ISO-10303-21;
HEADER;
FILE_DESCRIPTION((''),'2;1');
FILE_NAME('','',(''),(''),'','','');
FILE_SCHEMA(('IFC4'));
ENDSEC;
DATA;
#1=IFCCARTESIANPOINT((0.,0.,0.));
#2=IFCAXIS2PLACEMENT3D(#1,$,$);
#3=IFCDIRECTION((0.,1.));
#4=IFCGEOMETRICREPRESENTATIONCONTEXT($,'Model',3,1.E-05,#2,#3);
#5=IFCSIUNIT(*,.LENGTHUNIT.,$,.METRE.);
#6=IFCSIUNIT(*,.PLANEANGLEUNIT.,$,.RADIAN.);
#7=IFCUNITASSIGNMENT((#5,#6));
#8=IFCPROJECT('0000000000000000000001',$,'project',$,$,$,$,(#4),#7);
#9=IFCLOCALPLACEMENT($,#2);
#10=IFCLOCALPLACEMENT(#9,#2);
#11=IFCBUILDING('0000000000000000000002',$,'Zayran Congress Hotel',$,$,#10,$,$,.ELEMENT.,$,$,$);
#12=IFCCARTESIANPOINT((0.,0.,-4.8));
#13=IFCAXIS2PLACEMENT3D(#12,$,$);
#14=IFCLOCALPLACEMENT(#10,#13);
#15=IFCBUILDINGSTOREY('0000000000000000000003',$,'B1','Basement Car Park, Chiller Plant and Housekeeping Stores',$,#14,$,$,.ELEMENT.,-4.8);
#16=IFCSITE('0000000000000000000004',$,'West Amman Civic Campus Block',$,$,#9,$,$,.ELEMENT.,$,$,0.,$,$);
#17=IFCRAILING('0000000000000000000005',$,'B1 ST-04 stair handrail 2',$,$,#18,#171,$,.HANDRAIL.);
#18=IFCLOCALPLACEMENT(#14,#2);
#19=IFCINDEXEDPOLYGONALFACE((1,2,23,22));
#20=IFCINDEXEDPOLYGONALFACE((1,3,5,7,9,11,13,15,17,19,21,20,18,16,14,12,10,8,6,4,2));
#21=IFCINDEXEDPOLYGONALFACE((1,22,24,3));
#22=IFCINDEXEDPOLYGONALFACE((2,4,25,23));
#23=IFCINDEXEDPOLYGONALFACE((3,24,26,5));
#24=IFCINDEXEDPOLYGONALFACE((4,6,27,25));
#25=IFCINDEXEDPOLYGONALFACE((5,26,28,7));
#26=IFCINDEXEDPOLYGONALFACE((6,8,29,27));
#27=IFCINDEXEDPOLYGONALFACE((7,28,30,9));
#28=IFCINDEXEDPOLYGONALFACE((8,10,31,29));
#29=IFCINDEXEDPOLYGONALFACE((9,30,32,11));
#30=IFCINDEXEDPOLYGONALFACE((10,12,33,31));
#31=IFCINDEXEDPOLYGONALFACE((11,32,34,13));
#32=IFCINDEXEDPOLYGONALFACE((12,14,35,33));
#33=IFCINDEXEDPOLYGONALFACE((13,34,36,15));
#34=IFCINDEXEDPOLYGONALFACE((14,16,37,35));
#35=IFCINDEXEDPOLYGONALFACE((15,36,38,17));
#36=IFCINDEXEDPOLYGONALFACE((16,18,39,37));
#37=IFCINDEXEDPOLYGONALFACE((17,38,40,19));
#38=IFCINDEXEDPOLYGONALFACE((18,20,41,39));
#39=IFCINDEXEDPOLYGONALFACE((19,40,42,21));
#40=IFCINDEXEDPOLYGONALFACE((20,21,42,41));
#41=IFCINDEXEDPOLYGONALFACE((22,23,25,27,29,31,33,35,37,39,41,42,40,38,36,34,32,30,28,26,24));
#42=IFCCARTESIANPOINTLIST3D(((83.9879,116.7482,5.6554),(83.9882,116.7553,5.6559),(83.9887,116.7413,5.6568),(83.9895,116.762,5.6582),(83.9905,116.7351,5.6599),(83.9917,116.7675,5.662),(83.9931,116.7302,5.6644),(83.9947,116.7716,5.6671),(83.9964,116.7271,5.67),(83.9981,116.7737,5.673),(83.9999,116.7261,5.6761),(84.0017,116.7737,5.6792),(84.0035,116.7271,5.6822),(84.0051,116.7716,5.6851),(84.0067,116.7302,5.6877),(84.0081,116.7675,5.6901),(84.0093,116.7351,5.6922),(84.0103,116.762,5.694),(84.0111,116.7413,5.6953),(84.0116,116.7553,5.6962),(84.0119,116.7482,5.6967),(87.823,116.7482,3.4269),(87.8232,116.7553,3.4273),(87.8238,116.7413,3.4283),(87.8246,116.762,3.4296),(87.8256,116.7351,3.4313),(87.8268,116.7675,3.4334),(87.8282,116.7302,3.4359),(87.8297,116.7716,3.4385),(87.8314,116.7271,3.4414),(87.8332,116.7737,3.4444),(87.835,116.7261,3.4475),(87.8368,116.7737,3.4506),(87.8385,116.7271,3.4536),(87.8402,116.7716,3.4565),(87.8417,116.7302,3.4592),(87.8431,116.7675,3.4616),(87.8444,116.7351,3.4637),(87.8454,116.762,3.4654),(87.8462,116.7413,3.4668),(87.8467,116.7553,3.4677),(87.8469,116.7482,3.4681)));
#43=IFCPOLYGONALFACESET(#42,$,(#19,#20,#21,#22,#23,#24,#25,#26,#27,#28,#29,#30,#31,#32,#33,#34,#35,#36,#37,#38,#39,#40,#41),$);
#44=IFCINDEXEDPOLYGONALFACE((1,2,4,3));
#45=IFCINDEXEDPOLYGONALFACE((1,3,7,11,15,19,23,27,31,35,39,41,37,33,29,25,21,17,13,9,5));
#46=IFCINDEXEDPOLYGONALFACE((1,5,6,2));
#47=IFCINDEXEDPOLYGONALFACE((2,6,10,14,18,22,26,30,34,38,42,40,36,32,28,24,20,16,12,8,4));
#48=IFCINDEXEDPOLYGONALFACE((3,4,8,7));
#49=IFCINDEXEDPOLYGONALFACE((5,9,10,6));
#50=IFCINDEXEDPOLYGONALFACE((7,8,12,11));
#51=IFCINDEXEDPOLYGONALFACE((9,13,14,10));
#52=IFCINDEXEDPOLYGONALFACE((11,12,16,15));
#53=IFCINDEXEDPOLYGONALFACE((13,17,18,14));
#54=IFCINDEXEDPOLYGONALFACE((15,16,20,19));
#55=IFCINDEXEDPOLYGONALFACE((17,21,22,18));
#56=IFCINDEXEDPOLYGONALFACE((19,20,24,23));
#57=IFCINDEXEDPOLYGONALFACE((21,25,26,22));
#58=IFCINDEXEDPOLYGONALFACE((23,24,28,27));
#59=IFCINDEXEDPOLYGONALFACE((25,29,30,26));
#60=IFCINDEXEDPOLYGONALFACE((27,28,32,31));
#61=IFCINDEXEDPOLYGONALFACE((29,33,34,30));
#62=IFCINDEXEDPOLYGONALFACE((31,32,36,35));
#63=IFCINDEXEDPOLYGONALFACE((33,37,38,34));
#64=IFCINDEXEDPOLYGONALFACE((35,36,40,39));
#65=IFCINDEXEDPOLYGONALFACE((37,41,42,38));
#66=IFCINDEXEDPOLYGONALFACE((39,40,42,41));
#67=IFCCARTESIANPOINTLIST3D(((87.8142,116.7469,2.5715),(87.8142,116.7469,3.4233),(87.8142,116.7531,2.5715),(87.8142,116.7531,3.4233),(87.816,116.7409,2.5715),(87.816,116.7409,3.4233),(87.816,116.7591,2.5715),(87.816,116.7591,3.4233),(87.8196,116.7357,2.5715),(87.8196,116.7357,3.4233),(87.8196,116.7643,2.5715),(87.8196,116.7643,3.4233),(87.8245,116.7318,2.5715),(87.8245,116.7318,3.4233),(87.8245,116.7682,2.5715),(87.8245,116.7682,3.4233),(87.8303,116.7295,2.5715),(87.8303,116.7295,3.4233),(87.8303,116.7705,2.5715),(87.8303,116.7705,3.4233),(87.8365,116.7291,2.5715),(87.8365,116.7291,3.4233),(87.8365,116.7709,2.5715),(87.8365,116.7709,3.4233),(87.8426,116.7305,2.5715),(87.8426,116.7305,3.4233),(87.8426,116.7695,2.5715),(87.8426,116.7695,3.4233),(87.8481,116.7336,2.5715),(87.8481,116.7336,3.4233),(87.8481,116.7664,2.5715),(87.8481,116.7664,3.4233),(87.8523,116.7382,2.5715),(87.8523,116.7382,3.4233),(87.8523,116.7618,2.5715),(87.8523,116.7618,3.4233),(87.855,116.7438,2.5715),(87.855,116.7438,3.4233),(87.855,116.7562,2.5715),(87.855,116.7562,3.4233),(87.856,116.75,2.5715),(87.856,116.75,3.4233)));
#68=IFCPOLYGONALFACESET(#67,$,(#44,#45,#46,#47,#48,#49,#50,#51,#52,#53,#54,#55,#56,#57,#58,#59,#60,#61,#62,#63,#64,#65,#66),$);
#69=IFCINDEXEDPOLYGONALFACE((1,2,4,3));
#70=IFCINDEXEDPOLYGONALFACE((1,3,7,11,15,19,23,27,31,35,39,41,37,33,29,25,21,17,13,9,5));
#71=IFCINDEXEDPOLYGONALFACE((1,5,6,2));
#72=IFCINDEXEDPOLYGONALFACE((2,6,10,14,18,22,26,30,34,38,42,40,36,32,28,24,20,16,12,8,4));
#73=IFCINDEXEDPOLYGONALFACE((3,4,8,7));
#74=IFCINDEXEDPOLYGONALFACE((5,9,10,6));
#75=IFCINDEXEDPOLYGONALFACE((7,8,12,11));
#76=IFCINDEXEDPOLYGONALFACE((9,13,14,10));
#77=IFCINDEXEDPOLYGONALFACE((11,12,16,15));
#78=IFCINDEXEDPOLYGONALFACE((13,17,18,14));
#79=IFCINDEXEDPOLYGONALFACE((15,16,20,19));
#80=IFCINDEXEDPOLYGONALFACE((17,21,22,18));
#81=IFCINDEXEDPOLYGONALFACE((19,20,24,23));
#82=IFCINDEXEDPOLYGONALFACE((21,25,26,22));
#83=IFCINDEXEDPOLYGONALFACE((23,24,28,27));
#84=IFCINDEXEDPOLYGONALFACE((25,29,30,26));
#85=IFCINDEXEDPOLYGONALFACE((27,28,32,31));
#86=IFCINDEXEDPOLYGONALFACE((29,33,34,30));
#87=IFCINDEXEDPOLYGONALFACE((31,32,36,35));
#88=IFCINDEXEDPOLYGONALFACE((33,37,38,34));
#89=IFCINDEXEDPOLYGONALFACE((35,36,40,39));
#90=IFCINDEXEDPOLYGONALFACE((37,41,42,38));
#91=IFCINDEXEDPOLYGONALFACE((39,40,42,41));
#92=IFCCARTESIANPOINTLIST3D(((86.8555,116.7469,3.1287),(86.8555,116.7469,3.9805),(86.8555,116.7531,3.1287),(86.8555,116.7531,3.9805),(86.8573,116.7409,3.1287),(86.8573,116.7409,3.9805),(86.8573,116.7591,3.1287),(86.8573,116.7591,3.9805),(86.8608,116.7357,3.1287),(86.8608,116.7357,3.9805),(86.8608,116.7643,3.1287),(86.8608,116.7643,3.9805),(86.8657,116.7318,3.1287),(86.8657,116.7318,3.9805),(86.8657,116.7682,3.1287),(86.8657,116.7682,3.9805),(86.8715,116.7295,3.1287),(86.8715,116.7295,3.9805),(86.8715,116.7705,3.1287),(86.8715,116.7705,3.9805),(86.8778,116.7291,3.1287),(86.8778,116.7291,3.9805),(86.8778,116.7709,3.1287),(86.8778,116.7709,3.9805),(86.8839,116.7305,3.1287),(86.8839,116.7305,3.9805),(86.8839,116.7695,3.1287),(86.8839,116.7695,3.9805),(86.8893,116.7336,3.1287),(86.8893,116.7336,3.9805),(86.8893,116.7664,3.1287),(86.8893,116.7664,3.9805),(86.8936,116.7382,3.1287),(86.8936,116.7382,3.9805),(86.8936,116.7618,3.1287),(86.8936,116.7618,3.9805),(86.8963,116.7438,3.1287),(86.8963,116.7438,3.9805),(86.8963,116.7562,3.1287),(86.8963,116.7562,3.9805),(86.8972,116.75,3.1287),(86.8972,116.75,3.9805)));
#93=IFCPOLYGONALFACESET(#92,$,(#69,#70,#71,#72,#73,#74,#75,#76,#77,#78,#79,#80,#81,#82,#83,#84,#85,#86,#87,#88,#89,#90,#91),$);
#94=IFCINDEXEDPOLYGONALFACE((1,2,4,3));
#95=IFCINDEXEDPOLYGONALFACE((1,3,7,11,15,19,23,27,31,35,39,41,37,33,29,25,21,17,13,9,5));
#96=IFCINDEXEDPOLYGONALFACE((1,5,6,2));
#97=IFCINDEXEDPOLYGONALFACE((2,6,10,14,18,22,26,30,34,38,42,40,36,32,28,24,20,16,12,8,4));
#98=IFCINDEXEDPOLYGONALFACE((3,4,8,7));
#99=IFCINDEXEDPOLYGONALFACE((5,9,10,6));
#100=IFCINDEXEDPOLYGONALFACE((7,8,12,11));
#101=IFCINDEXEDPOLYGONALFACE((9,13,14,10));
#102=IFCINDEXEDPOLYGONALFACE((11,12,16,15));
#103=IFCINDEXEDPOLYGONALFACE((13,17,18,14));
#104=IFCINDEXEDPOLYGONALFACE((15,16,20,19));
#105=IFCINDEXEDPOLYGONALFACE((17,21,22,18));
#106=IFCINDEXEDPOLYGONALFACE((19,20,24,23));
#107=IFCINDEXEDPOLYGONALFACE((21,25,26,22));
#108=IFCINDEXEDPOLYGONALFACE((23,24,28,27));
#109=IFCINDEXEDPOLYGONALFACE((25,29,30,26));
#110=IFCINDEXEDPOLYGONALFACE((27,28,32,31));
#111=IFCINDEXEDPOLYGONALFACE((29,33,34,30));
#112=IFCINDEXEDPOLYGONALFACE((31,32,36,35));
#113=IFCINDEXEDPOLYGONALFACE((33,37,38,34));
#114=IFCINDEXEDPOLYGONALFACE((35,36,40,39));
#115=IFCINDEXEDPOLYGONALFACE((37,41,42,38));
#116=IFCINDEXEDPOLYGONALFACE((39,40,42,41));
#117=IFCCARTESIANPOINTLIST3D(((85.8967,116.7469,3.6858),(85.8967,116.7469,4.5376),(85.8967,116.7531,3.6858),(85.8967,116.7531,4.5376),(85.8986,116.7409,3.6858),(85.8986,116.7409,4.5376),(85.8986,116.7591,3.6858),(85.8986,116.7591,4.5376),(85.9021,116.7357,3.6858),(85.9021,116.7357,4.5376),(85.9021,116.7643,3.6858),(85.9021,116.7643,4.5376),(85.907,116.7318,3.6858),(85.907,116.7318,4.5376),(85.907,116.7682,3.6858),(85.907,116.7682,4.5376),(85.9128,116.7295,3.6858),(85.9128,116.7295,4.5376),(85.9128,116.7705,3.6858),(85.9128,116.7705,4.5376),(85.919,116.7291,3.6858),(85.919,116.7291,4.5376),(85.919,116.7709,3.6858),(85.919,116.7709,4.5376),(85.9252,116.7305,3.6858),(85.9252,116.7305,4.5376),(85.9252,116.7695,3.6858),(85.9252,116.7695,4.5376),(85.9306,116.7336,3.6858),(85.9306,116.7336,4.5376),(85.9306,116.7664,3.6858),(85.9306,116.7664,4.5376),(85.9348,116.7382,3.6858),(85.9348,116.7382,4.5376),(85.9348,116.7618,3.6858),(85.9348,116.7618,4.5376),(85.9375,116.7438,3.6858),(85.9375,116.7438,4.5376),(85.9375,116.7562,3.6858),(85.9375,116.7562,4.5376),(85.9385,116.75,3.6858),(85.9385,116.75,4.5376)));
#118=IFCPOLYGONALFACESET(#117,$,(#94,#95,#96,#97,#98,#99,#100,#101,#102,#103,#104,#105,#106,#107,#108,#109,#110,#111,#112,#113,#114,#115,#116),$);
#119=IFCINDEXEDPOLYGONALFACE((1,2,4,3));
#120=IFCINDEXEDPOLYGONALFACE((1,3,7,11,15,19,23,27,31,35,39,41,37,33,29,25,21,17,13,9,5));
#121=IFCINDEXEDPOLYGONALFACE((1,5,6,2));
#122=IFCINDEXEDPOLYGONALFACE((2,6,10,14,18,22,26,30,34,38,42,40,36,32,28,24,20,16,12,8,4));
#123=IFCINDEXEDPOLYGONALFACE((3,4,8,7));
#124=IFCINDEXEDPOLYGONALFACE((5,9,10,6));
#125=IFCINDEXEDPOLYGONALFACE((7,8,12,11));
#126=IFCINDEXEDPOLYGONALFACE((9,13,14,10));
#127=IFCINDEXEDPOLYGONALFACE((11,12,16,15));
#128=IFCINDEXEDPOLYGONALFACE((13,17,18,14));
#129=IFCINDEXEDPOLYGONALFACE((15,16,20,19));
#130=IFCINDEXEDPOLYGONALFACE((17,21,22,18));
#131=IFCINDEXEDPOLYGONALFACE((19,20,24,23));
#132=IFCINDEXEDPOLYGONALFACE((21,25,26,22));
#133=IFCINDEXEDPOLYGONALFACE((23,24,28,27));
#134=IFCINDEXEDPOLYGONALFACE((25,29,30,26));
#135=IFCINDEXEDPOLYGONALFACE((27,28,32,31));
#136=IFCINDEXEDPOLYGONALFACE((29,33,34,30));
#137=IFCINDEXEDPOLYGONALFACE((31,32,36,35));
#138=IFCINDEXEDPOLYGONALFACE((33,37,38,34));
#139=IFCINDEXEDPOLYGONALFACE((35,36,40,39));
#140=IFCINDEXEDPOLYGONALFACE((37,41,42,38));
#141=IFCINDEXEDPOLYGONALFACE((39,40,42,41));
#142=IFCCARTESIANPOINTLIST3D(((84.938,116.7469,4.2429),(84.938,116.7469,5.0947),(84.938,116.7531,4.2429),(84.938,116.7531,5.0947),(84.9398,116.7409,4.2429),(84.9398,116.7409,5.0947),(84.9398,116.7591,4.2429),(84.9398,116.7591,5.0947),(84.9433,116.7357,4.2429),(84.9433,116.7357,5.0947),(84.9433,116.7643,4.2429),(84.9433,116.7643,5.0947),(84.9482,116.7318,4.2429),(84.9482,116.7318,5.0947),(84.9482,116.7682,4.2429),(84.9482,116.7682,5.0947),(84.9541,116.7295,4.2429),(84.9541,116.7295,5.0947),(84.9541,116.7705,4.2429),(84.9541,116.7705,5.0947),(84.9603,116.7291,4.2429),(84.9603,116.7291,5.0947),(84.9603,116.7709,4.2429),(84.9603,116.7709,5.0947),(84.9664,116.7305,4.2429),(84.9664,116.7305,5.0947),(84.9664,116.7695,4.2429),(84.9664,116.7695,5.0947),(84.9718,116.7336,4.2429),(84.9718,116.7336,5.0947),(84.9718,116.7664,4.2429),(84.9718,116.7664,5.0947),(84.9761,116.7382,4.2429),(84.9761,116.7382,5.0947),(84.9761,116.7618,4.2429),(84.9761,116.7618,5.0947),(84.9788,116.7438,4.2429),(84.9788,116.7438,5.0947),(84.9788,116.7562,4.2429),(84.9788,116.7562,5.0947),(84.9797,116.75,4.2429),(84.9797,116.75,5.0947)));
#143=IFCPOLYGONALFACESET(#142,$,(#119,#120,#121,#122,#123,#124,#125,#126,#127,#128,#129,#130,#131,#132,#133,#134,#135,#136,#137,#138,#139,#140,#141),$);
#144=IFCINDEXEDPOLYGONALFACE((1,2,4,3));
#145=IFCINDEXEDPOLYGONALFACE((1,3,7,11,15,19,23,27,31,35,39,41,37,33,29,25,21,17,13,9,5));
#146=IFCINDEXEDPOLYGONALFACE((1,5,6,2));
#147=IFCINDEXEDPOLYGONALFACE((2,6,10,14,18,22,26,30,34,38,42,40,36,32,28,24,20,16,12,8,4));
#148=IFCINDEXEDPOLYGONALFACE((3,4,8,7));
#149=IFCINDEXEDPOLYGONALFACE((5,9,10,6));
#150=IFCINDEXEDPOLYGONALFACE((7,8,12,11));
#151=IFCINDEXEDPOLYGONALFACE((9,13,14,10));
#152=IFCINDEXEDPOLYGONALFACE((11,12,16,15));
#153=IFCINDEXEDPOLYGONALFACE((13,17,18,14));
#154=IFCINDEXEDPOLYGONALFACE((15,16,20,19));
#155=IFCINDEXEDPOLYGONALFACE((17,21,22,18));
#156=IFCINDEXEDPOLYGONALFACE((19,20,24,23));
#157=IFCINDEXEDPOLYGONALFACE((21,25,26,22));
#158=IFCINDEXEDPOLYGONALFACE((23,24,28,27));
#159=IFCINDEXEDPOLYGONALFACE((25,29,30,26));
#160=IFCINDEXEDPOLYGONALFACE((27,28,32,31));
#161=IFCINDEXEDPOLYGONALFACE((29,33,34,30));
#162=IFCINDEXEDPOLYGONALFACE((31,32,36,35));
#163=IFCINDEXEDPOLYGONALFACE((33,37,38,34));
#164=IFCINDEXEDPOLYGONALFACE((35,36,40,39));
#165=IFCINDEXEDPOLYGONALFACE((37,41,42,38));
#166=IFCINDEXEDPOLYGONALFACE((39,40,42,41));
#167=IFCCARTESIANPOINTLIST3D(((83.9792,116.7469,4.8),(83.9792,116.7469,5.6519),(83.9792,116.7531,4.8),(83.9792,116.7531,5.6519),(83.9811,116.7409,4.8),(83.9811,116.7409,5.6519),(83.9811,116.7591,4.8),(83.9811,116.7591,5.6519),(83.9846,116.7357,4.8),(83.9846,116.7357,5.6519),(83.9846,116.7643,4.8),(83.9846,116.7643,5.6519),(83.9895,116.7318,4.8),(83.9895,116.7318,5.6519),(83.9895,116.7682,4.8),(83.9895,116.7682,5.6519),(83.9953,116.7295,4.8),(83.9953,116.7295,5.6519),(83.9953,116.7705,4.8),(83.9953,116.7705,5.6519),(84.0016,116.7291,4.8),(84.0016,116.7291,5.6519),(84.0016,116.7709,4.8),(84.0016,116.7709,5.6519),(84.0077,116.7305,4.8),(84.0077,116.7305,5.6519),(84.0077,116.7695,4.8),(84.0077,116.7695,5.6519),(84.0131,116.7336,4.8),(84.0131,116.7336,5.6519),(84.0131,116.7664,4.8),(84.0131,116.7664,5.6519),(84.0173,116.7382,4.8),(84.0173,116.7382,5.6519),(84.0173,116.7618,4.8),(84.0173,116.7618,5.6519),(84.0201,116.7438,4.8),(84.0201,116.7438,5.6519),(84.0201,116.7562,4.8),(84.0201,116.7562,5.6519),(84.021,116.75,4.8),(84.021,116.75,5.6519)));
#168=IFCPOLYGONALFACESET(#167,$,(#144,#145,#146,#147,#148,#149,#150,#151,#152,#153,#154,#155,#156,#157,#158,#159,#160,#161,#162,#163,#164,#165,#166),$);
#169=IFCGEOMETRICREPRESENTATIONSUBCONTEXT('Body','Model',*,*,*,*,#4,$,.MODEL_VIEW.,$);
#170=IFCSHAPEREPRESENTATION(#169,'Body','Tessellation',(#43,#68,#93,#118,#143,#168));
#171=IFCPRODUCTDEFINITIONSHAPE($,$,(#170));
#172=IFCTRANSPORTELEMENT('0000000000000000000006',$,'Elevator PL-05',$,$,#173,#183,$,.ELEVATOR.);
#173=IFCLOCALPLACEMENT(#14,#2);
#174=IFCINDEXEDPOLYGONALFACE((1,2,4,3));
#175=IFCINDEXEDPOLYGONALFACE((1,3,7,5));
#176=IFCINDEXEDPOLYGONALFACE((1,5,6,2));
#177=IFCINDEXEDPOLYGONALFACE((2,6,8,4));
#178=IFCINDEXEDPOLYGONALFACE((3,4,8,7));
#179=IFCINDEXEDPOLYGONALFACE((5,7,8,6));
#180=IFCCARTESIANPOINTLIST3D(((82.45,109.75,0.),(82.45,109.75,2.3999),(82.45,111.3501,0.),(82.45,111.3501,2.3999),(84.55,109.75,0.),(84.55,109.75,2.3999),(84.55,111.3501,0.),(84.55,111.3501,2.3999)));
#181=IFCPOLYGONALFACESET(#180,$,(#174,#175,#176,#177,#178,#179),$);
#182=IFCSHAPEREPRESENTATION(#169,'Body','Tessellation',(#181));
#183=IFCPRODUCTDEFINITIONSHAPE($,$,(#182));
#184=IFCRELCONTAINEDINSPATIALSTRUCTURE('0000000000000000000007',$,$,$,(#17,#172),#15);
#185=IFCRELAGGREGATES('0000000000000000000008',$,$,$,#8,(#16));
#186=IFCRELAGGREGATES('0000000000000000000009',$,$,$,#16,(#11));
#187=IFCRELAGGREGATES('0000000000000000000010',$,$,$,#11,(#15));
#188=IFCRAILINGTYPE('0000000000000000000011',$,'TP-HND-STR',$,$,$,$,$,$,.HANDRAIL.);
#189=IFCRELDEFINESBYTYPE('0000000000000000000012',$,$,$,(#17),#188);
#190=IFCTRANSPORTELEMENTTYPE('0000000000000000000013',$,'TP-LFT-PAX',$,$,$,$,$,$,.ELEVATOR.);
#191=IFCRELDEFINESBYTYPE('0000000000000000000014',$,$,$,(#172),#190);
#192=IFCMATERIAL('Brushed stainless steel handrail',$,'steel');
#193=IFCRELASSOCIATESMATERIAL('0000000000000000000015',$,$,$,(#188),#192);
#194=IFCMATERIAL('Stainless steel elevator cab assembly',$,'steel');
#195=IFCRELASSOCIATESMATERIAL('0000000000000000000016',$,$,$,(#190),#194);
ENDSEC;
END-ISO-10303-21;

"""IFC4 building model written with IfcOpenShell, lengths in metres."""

from ifc_helpers import new_model, si_unit, direction, frame, origin, origin_2d, place, context, subcontext, project, spatial, rectangle, circle, extrude, material, type_object, element, save


model = new_model("IFC4")

# Units and contexts
model_context = context("Model", 3, precision=1e-05, world=origin(), true_north=direction((0.0, 1.0)))
body_context = subcontext(model_context, "Body", "Model", "MODEL_VIEW")
ifc_project = project(units=[si_unit("LENGTHUNIT", "METRE"), si_unit("PLANEANGLEUNIT", "RADIAN")], contexts=[model_context])

# Site, building, storey
site_placement = place(None, origin())
site = spatial("IfcSite", under=ifc_project, at=site_placement, Name="West Amman Civic Campus Block", CompositionType="ELEMENT", RefElevation=0.0)
building_placement = place(site_placement, origin())
building = spatial("IfcBuilding", under=site, at=building_placement, Name="Zayran Congress Hotel", CompositionType="ELEMENT")
storey_placement = place(building_placement, frame((0.0, 0.0, -4.8)))
storey = spatial("IfcBuildingStorey", under=building, at=storey_placement, Name="B1", Description="Basement Car Park, Chiller Plant and Housekeeping Stores", CompositionType="ELEMENT", Elevation=-4.8)

# Railing
ifc_material_1 = material(Name="Brushed stainless steel handrail", Category="steel")
railing_type_1 = type_object("IfcRailingType", Name="TP-HND-STR", PredefinedType="HANDRAIL", material=ifc_material_1)
railing_1_placement = place(storey_placement, frame((87.835, 116.75, 2.5715)))
element("IfcRailing", 1, at=railing_1_placement, inside=storey, type_object=railing_type_1, Name="B1 ST-04 stair handrail 2", PredefinedType="HANDRAIL", context=body_context, shape_type="SweptSolid", body=[
    extrude(circle(Radius=0.0239, at=origin_2d()), frame((0.0, 0.0, 0.876), z_axis=(-0.864616, 0.0, 0.502433), x_axis=(0.0, -1.0, 0.0)), (0.0, 0.0, 1.0), 4.4355),
    extrude(circle(Radius=0.021, at=origin_2d()), origin(), (0.0, 0.0, 1.0), 0.8518),
    extrude(circle(Radius=0.021, at=origin_2d()), frame((-0.9587, 0.0, 0.5571)), (0.0, 0.0, 1.0), 0.8518),
    extrude(circle(Radius=0.021, at=origin_2d()), frame((-1.9175, 0.0, 1.1143)), (0.0, 0.0, 1.0), 0.8518),
    extrude(circle(Radius=0.021, at=origin_2d()), frame((-2.8762, 0.0, 1.6714)), (0.0, 0.0, 1.0), 0.8518),
    extrude(circle(Radius=0.021, at=origin_2d()), frame((-3.835, 0.0, 2.2285)), (0.0, 0.0, 1.0), 0.8518),
])

# Transport element
ifc_material_2 = material(Name="Stainless steel elevator cab assembly", Category="steel")
transport_element_type = type_object("IfcTransportElementType", Name="TP-LFT-PAX", PredefinedType="ELEVATOR", material=ifc_material_2)
transport_element_placement = place(storey_placement, frame((83.5, 110.55, 0.0), z_axis=(0.0, 0.0, 1.0), x_axis=(1.0, 0.0, 0.0)))
element("IfcTransportElement", 2, at=transport_element_placement, inside=storey, type_object=transport_element_type, Name="Elevator PL-05", PredefinedType="ELEVATOR", context=body_context, shape_type="SweptSolid", body=[
    extrude(rectangle(XDim=2.1001, YDim=1.6001, at=origin_2d()), origin(), (0.0, 0.0, 1.0), 2.3999),
])

save(model, "model.ifc")
